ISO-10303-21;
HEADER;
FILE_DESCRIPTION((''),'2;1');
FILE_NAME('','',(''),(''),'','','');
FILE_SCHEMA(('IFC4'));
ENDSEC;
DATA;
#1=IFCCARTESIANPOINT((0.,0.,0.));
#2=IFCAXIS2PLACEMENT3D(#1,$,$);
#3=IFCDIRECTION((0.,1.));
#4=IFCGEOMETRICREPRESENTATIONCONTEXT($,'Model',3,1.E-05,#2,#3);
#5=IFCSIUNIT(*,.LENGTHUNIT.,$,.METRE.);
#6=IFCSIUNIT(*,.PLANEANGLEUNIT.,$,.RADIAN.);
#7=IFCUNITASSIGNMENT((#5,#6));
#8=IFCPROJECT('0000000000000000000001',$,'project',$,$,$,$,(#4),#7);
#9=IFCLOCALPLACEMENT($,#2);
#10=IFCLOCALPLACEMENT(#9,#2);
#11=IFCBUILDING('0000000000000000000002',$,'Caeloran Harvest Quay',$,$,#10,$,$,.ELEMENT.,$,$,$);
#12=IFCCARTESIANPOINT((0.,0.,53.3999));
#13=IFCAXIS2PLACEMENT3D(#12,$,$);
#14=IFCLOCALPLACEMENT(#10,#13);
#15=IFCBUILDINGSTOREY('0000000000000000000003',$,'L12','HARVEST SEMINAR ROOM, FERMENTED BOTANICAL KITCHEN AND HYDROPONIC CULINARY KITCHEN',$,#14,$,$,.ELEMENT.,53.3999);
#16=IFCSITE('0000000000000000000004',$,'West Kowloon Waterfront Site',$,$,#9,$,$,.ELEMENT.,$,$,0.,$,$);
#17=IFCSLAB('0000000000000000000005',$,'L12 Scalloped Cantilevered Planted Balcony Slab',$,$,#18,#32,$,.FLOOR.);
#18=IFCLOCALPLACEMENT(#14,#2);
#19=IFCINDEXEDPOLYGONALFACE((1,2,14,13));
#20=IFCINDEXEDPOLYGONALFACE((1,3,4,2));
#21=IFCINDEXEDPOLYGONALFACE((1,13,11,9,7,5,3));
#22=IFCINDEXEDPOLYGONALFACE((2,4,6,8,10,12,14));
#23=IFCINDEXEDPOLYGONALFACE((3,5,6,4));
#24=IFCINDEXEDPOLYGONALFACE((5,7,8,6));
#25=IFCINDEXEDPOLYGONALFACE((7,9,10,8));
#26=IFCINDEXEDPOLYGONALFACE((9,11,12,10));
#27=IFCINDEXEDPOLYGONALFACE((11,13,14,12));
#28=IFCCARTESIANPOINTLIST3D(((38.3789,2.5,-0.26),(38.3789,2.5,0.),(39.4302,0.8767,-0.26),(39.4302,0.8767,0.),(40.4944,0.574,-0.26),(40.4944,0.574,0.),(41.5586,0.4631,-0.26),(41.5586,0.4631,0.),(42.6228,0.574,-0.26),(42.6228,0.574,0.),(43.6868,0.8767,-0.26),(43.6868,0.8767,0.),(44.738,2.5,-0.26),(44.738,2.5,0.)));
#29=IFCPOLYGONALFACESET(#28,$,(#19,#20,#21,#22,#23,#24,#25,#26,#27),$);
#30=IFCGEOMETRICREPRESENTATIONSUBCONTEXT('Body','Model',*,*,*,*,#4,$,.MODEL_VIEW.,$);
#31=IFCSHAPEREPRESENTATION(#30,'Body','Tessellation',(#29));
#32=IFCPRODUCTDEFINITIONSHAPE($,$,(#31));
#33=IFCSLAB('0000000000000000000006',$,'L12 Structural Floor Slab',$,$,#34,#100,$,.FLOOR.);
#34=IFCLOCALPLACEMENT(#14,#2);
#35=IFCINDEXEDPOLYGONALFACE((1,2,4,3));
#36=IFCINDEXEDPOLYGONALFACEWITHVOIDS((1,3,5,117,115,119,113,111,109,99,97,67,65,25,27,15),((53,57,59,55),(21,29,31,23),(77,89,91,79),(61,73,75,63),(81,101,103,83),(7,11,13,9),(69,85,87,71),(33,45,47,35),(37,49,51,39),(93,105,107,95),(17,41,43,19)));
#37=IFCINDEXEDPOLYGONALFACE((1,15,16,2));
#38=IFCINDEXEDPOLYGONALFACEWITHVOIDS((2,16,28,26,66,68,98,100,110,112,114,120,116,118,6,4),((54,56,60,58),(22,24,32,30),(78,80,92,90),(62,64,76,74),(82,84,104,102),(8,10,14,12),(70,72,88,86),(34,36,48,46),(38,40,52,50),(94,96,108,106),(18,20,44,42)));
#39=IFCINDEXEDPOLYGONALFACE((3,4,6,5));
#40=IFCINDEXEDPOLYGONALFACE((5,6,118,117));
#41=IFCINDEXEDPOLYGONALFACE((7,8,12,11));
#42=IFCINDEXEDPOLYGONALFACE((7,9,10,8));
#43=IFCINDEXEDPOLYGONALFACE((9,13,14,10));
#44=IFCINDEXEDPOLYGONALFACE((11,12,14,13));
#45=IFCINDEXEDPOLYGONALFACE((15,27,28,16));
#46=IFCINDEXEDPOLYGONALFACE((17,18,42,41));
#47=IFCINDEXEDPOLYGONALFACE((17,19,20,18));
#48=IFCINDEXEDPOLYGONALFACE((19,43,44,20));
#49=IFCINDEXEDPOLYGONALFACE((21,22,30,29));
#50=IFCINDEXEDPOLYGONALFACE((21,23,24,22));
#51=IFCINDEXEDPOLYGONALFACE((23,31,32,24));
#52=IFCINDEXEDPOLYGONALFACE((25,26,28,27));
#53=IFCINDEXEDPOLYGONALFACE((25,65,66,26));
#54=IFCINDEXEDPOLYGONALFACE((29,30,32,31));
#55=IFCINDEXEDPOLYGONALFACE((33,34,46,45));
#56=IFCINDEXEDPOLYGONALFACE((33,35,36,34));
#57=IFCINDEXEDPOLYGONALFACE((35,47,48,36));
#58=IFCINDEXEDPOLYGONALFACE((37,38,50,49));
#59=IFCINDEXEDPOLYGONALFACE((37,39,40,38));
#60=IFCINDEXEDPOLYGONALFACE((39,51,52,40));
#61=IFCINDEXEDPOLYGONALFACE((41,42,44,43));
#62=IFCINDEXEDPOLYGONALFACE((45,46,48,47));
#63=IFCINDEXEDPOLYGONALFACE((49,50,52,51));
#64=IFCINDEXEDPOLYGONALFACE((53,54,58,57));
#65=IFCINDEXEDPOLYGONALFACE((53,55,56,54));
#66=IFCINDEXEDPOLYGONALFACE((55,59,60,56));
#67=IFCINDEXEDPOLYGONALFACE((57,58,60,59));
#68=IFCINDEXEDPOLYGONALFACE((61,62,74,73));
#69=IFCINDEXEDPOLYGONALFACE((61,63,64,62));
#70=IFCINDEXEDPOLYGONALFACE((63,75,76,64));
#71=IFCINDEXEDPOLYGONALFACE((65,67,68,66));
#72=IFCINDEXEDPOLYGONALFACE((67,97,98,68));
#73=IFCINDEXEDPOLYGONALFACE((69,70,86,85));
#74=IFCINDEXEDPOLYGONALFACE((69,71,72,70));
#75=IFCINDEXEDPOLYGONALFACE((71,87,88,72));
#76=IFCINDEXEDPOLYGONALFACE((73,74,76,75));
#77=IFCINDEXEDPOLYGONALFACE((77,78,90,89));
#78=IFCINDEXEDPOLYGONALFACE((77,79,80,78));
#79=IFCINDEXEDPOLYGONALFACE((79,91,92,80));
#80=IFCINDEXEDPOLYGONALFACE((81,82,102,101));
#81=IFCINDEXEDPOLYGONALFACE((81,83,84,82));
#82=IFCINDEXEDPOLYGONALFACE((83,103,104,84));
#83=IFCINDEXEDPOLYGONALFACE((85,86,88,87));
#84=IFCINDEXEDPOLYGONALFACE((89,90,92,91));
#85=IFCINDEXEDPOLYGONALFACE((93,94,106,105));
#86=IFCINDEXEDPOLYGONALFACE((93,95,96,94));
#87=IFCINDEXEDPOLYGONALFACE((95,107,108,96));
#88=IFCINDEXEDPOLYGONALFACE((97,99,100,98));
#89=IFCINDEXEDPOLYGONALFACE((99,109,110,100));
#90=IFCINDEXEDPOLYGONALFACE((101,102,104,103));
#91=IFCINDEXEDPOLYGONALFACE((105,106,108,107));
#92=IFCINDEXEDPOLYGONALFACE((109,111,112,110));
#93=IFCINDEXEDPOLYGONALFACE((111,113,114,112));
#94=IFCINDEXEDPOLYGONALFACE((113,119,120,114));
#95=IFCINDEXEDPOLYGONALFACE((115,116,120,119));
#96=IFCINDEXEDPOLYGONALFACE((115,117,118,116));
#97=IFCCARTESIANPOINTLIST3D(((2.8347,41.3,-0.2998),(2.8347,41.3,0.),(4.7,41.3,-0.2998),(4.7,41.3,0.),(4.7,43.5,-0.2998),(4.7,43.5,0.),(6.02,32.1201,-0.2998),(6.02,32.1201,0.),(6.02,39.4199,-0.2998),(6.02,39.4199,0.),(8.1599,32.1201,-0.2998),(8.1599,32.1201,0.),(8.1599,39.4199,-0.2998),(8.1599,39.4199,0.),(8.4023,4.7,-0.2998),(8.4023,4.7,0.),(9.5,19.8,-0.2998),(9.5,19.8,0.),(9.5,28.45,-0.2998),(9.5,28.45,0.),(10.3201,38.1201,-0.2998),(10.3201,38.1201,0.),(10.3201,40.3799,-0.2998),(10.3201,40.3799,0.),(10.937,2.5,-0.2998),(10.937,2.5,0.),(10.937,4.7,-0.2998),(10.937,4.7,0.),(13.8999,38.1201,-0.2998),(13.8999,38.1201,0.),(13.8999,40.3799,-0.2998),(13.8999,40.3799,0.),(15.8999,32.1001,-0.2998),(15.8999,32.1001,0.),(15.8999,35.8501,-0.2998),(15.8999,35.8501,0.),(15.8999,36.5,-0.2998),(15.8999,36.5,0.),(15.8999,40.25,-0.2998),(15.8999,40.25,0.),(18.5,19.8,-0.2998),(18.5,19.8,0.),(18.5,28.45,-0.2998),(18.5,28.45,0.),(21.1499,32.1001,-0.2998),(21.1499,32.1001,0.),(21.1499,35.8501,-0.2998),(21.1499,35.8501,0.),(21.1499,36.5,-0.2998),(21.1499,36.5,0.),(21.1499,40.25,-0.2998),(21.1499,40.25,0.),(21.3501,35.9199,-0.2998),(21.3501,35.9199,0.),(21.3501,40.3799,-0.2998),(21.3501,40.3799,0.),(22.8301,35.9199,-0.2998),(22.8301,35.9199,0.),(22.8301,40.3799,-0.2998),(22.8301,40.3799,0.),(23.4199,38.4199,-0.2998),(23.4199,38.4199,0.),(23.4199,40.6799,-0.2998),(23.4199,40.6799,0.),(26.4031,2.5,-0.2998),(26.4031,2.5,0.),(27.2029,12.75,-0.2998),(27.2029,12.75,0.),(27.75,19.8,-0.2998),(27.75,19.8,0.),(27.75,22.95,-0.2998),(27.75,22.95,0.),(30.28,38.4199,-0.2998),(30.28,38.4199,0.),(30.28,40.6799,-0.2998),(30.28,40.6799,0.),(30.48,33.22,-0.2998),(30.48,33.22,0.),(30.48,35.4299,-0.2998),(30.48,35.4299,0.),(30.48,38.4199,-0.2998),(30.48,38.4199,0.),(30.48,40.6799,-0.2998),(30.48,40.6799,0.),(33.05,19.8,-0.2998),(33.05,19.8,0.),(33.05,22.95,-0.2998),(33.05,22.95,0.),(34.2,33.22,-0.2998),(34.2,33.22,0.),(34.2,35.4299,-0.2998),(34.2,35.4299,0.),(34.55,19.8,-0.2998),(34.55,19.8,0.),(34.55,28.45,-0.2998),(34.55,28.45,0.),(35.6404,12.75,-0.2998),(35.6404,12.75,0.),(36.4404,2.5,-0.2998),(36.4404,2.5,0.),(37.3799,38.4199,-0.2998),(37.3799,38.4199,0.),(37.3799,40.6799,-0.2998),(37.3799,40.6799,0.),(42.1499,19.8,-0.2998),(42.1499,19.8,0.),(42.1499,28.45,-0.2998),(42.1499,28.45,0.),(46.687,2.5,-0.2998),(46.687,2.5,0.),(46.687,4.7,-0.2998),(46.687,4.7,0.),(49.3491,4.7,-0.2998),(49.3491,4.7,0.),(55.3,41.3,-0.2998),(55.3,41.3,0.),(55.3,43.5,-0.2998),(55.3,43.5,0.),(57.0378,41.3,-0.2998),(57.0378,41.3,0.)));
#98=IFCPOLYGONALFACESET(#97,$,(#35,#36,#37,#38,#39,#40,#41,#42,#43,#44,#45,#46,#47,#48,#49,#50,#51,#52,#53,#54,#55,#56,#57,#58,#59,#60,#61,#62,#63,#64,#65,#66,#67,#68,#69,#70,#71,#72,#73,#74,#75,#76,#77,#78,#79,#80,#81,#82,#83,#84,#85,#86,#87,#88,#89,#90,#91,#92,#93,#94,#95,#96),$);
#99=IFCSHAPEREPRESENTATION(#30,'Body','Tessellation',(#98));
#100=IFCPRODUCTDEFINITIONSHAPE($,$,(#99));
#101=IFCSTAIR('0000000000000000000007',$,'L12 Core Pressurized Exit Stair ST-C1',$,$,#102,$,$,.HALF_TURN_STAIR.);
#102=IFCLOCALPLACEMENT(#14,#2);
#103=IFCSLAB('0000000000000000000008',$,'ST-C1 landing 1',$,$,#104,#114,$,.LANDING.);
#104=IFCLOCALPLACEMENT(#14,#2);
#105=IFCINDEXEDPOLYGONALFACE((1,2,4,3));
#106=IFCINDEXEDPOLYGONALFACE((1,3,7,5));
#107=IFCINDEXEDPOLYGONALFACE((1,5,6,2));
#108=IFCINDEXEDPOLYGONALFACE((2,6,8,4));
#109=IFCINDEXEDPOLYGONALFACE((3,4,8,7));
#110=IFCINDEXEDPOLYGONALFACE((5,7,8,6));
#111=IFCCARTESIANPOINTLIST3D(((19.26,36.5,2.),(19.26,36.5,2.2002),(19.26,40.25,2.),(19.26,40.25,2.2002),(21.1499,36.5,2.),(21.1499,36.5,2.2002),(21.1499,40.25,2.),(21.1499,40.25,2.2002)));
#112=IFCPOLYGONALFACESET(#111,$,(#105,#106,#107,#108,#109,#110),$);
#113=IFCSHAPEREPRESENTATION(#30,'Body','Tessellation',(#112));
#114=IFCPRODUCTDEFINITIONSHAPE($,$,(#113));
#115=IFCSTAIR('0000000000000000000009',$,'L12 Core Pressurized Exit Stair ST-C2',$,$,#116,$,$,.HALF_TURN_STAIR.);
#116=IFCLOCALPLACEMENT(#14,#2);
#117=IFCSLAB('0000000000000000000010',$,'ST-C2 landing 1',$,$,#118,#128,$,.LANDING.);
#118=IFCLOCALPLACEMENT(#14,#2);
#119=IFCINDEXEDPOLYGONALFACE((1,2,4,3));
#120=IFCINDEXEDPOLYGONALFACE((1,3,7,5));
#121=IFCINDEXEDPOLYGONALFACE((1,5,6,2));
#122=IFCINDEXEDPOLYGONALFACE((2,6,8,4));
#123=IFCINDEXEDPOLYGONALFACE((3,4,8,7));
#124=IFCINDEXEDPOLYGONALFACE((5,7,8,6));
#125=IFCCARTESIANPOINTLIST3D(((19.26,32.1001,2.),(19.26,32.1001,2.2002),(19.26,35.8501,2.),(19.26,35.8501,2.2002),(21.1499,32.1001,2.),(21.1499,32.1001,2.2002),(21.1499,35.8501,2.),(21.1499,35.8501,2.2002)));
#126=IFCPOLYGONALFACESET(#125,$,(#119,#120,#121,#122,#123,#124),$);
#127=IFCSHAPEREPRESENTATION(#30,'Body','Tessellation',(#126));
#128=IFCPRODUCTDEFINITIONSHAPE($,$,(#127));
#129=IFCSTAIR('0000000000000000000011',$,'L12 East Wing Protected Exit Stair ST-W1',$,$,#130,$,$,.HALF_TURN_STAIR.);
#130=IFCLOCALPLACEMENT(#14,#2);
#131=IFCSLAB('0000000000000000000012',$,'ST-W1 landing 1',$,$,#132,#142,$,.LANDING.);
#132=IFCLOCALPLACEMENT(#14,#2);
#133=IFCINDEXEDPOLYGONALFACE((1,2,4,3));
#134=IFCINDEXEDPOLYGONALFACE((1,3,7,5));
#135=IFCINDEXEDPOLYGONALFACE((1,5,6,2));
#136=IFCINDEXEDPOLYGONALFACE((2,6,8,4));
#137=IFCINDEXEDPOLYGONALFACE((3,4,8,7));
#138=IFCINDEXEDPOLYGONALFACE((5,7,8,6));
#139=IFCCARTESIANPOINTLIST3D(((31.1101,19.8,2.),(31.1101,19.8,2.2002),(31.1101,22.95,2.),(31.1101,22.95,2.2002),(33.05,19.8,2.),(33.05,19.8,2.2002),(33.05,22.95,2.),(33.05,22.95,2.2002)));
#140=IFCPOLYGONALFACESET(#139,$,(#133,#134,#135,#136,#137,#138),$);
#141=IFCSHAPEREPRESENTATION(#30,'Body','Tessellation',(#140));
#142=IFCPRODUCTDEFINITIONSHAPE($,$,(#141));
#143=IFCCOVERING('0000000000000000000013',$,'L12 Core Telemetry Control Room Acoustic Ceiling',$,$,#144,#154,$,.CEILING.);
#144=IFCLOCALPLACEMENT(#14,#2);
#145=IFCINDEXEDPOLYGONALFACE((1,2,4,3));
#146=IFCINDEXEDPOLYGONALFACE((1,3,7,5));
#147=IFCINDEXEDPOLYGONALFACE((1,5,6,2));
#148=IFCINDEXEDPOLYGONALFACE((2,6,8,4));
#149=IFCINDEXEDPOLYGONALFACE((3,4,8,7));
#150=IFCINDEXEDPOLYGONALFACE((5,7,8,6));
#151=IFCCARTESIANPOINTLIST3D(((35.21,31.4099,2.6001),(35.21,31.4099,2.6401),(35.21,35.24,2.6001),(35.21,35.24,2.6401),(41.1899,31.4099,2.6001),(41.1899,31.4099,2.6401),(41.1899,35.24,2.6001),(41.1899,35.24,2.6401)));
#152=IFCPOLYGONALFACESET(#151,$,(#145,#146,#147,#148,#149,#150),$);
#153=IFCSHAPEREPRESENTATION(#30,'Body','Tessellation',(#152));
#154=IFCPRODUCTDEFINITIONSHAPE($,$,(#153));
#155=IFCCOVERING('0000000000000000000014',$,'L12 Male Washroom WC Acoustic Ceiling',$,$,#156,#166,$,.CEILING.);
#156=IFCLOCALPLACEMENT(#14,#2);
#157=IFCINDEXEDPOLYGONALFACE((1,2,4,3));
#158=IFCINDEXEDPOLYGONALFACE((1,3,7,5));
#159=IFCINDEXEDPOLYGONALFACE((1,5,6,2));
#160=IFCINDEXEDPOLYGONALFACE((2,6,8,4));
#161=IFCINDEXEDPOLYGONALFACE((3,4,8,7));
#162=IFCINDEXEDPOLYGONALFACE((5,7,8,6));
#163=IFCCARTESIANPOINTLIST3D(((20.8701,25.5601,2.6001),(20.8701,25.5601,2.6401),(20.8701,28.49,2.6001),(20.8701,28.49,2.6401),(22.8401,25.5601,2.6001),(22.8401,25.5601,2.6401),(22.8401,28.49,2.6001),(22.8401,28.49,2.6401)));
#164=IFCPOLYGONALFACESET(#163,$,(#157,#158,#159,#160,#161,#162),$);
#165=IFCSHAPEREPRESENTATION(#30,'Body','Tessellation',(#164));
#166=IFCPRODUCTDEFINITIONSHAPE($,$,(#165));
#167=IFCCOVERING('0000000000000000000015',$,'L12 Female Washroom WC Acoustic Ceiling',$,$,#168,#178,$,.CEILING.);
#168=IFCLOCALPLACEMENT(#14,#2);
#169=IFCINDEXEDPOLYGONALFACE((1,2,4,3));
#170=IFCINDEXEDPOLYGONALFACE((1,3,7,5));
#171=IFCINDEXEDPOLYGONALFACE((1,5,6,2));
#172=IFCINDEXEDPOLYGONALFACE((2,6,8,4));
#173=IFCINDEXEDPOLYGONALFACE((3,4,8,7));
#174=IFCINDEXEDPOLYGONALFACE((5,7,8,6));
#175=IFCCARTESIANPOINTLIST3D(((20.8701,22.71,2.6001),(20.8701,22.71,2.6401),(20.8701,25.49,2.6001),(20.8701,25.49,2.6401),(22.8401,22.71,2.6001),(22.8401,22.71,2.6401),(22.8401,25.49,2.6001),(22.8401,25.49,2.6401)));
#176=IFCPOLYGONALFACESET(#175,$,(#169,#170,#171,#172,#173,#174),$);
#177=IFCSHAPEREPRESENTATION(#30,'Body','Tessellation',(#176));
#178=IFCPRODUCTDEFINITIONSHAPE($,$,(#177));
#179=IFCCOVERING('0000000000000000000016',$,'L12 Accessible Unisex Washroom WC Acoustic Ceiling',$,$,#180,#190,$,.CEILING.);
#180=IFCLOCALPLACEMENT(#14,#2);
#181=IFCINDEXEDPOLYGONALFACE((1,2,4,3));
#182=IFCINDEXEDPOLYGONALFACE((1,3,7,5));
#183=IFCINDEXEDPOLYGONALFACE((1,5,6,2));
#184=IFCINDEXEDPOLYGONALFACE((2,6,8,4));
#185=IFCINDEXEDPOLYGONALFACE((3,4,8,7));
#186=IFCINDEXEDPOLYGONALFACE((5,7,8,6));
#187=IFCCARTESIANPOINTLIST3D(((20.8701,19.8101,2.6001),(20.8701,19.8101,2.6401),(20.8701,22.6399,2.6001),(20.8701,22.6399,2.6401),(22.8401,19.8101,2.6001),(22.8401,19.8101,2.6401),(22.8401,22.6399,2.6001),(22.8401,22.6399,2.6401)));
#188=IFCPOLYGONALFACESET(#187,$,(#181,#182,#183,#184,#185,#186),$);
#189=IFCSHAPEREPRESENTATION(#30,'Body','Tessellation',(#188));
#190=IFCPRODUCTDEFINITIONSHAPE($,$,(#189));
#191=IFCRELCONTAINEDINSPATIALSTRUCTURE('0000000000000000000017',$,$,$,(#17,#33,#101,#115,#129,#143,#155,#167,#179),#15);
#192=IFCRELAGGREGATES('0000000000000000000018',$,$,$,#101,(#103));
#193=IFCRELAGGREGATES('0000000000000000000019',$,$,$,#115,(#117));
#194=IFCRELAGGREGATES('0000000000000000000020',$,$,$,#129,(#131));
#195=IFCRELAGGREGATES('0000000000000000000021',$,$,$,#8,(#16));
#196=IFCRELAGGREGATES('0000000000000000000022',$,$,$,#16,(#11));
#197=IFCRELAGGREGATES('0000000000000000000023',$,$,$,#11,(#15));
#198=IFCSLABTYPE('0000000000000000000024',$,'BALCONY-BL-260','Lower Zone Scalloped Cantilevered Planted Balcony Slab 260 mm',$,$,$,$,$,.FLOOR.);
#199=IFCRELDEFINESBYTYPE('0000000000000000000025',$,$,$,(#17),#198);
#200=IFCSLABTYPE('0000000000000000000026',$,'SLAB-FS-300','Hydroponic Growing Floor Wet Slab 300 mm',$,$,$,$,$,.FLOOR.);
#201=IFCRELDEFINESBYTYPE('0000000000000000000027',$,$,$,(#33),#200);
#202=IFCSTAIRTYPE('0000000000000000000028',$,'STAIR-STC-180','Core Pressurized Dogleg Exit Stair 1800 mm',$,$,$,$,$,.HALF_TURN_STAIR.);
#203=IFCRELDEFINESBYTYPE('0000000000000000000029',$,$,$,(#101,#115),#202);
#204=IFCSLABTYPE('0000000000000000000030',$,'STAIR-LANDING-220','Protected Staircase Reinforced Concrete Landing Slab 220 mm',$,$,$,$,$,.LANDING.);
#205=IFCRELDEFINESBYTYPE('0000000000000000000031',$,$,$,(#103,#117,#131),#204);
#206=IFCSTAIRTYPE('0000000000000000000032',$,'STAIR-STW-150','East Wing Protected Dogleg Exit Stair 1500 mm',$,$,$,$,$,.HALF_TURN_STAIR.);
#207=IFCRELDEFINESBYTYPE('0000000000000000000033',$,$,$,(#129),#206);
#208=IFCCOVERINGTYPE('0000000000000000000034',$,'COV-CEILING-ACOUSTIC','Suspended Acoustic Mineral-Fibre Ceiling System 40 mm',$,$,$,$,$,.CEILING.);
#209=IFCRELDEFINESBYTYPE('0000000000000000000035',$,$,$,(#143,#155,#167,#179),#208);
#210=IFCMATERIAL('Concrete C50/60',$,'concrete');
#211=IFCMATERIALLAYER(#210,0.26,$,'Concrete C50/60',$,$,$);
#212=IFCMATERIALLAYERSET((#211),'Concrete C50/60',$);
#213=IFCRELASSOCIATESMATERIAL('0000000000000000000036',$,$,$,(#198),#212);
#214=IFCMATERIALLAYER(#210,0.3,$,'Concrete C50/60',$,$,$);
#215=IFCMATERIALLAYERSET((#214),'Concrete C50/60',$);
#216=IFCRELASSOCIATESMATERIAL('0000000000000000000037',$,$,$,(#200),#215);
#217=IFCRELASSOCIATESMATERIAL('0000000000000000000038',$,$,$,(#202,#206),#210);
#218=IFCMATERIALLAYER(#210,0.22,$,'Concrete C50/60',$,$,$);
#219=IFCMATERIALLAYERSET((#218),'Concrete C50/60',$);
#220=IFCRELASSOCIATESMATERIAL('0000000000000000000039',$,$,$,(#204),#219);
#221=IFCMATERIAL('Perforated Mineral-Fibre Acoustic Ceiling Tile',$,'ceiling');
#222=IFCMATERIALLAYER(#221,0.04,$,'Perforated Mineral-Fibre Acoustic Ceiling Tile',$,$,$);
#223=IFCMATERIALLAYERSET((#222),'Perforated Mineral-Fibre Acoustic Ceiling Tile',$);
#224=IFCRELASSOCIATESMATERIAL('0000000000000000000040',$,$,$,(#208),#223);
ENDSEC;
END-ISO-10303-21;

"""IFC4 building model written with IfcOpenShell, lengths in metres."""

from ifc_helpers import new_model, si_unit, direction, frame, origin, place, context, subcontext, project, spatial, polyline, outline, extrude, material, layer, layer_set, type_object, element, aggregate, save


model = new_model("IFC4")

# Units and contexts
model_context = context("Model", 3, precision=1e-05, world=origin(), true_north=direction((0.0, 1.0)))
body_context = subcontext(model_context, "Body", "Model", "MODEL_VIEW")
ifc_project = project(units=[si_unit("LENGTHUNIT", "METRE"), si_unit("PLANEANGLEUNIT", "RADIAN")], contexts=[model_context])

# Site, building, storey
site_placement = place(None, origin())
site = spatial("IfcSite", under=ifc_project, at=site_placement, Name="West Kowloon Waterfront Site", CompositionType="ELEMENT", RefElevation=0.0)
building_placement = place(site_placement, origin())
building = spatial("IfcBuilding", under=site, at=building_placement, Name="Caeloran Harvest Quay", CompositionType="ELEMENT")
storey_placement = place(building_placement, frame((0.0, 0.0, 53.3999)))
storey = spatial("IfcBuildingStorey", under=building, at=storey_placement, Name="L12", Description="HARVEST SEMINAR ROOM, FERMENTED BOTANICAL KITCHEN AND HYDROPONIC CULINARY KITCHEN", CompositionType="ELEMENT", Elevation=53.3999)

# Slabs
ifc_material_1 = material(Name="Concrete C50/60", Category="concrete")
ifc_layer_1 = layer(ifc_material_1, 0.26, Name="Concrete C50/60")
ifc_layer_set_1 = layer_set([ifc_layer_1], Name="Concrete C50/60")
slab_type_1 = type_object("IfcSlabType", Name="BALCONY-BL-260", Description="Lower Zone Scalloped Cantilevered Planted Balcony Slab 260 mm", PredefinedType="FLOOR", material=ifc_layer_set_1)
slab_1_placement = place(storey_placement, frame((0.0, 0.0, -0.26)))
element("IfcSlab", 1, at=slab_1_placement, inside=storey, type_object=slab_type_1, Name="L12 Scalloped Cantilevered Planted Balcony Slab", PredefinedType="FLOOR", context=body_context, shape_type="SweptSolid", body=[
    extrude(outline(polyline([(43.6868, 0.8767), (42.6228, 0.574), (41.5586, 0.4631), (40.4944, 0.574), (39.4302, 0.8767), (38.3789, 2.5), (44.738, 2.5), (43.6868, 0.8767)])), origin(), (0.0, 0.0, 1.0), 0.26),
])
ifc_layer_2 = layer(ifc_material_1, 0.3, Name="Concrete C50/60")
ifc_layer_set_2 = layer_set([ifc_layer_2], Name="Concrete C50/60")
slab_type_2 = type_object("IfcSlabType", Name="SLAB-FS-300", Description="Hydroponic Growing Floor Wet Slab 300 mm", PredefinedType="FLOOR", material=ifc_layer_set_2)
slab_2_placement = place(storey_placement, frame((0.0, 0.0, -0.2998)))
element("IfcSlab", 2, at=slab_2_placement, inside=storey, type_object=slab_type_2, Name="L12 Structural Floor Slab", PredefinedType="FLOOR", context=body_context, shape_type="SweptSolid", body=[
    extrude(outline(polyline([(10.937, 2.5), (26.4031, 2.5), (27.2029, 12.75), (35.6404, 12.75), (36.4404, 2.5), (46.687, 2.5), (46.687, 4.7), (49.3491, 4.7), (57.0378, 41.3), (55.3, 41.3), (55.3, 43.5), (4.7, 43.5), (4.7, 41.3), (2.8347, 41.3), (8.4023, 4.7), (10.937, 4.7), (10.937, 2.5)]), holes=[polyline([(18.5, 19.8), (9.5, 19.8), (9.5, 28.45), (18.5, 28.45), (18.5, 19.8)]), polyline([(15.8999, 32.1001), (15.8999, 35.8501), (21.1499, 35.8501), (21.1499, 32.1001), (15.8999, 32.1001)]), polyline([(8.1599, 32.1201), (6.02, 32.1201), (6.02, 39.4199), (8.1599, 39.4199), (8.1599, 32.1201)]), polyline([(21.3501, 35.9199), (21.3501, 40.3799), (22.8301, 40.3799), (22.8301, 35.9199), (21.3501, 35.9199)]), polyline([(15.8999, 40.25), (21.1499, 40.25), (21.1499, 36.5), (15.8999, 36.5), (15.8999, 40.25)]), polyline([(13.8999, 38.1201), (10.3201, 38.1201), (10.3201, 40.3799), (13.8999, 40.3799), (13.8999, 38.1201)]), polyline([(27.75, 22.95), (33.05, 22.95), (33.05, 19.8), (27.75, 19.8), (27.75, 22.95)]), polyline([(34.55, 19.8), (34.55, 28.45), (42.1499, 28.45), (42.1499, 19.8), (34.55, 19.8)]), polyline([(34.2, 33.22), (30.48, 33.22), (30.48, 35.4299), (34.2, 35.4299), (34.2, 33.22)]), polyline([(23.4199, 38.4199), (23.4199, 40.6799), (30.28, 40.6799), (30.28, 38.4199), (23.4199, 38.4199)]), polyline([(30.48, 38.4199), (30.48, 40.6799), (37.3799, 40.6799), (37.3799, 38.4199), (30.48, 38.4199)])]), origin(), (0.0, 0.0, 1.0), 0.2998),
])

# Stairs, slabs
stair_type_1 = type_object("IfcStairType", Name="STAIR-STC-180", Description="Core Pressurized Dogleg Exit Stair 1800 mm", PredefinedType="HALF_TURN_STAIR", material=ifc_material_1)
stair_1_placement = place(storey_placement, origin())
stair_1 = element("IfcStair", 3, at=stair_1_placement, inside=storey, type_object=stair_type_1, Name="L12 Core Pressurized Exit Stair ST-C1", PredefinedType="HALF_TURN_STAIR")
ifc_layer_3 = layer(ifc_material_1, 0.22, Name="Concrete C50/60")
ifc_layer_set_3 = layer_set([ifc_layer_3], Name="Concrete C50/60")
slab_type_3 = type_object("IfcSlabType", Name="STAIR-LANDING-220", Description="Protected Staircase Reinforced Concrete Landing Slab 220 mm", PredefinedType="LANDING", material=ifc_layer_set_3)
slab_3_placement = place(storey_placement, frame((0.0, 0.0, 2.0)))
slab_3 = element("IfcSlab", 4, at=slab_3_placement, type_object=slab_type_3, Name="ST-C1 landing 1", PredefinedType="LANDING", context=body_context, shape_type="SweptSolid", body=[
    extrude(outline(polyline([(19.26, 36.5), (21.1499, 36.5), (21.1499, 40.25), (19.26, 40.25), (19.26, 36.5)])), origin(), (0.0, 0.0, 1.0), 0.2002),
])
aggregate(stair_1, [slab_3])
stair_2_placement = place(storey_placement, origin())
stair_2 = element("IfcStair", 5, at=stair_2_placement, inside=storey, type_object=stair_type_1, Name="L12 Core Pressurized Exit Stair ST-C2", PredefinedType="HALF_TURN_STAIR")
slab_4_placement = place(storey_placement, frame((0.0, 0.0, 2.0)))
slab_4 = element("IfcSlab", 6, at=slab_4_placement, type_object=slab_type_3, Name="ST-C2 landing 1", PredefinedType="LANDING", context=body_context, shape_type="SweptSolid", body=[
    extrude(outline(polyline([(19.26, 32.1001), (21.1499, 32.1001), (21.1499, 35.8501), (19.26, 35.8501), (19.26, 32.1001)])), origin(), (0.0, 0.0, 1.0), 0.2002),
])
aggregate(stair_2, [slab_4])
stair_type_2 = type_object("IfcStairType", Name="STAIR-STW-150", Description="East Wing Protected Dogleg Exit Stair 1500 mm", PredefinedType="HALF_TURN_STAIR", material=ifc_material_1)
stair_3_placement = place(storey_placement, origin())
stair_3 = element("IfcStair", 7, at=stair_3_placement, inside=storey, type_object=stair_type_2, Name="L12 East Wing Protected Exit Stair ST-W1", PredefinedType="HALF_TURN_STAIR")
slab_5_placement = place(storey_placement, frame((0.0, 0.0, 2.0)))
slab_5 = element("IfcSlab", 8, at=slab_5_placement, type_object=slab_type_3, Name="ST-W1 landing 1", PredefinedType="LANDING", context=body_context, shape_type="SweptSolid", body=[
    extrude(outline(polyline([(31.1101, 19.8), (33.05, 19.8), (33.05, 22.95), (31.1101, 22.95), (31.1101, 19.8)])), origin(), (0.0, 0.0, 1.0), 0.2002),
])
aggregate(stair_3, [slab_5])

# Coverings
ifc_material_2 = material(Name="Perforated Mineral-Fibre Acoustic Ceiling Tile", Category="ceiling")
ifc_layer_4 = layer(ifc_material_2, 0.04, Name="Perforated Mineral-Fibre Acoustic Ceiling Tile")
ifc_layer_set_4 = layer_set([ifc_layer_4], Name="Perforated Mineral-Fibre Acoustic Ceiling Tile")
covering_type_1 = type_object("IfcCoveringType", Name="COV-CEILING-ACOUSTIC", Description="Suspended Acoustic Mineral-Fibre Ceiling System 40 mm", PredefinedType="CEILING", material=ifc_layer_set_4)
covering_1_placement = place(storey_placement, frame((0.0, 0.0, 2.6001)))
element("IfcCovering", 9, at=covering_1_placement, inside=storey, type_object=covering_type_1, Name="L12 Core Telemetry Control Room Acoustic Ceiling", PredefinedType="CEILING", context=body_context, shape_type="SweptSolid", body=[
    extrude(outline(polyline([(41.1899, 35.24), (41.1899, 31.4099), (35.21, 31.4099), (35.21, 35.24), (41.1899, 35.24)])), origin(), (0.0, 0.0, 1.0), 0.04),
])
covering_2_placement = place(storey_placement, frame((0.0, 0.0, 2.6001)))
element("IfcCovering", 10, at=covering_2_placement, inside=storey, type_object=covering_type_1, Name="L12 Male Washroom WC Acoustic Ceiling", PredefinedType="CEILING", context=body_context, shape_type="SweptSolid", body=[
    extrude(outline(polyline([(22.8401, 25.5601), (20.8701, 25.5601), (20.8701, 28.49), (22.8401, 28.49), (22.8401, 25.5601)])), origin(), (0.0, 0.0, 1.0), 0.04),
])
covering_3_placement = place(storey_placement, frame((0.0, 0.0, 2.6001)))
element("IfcCovering", 11, at=covering_3_placement, inside=storey, type_object=covering_type_1, Name="L12 Female Washroom WC Acoustic Ceiling", PredefinedType="CEILING", context=body_context, shape_type="SweptSolid", body=[
    extrude(outline(polyline([(22.8401, 22.71), (20.8701, 22.71), (20.8701, 25.49), (22.8401, 25.49), (22.8401, 22.71)])), origin(), (0.0, 0.0, 1.0), 0.04),
])
covering_4_placement = place(storey_placement, frame((0.0, 0.0, 2.6001)))
element("IfcCovering", 12, at=covering_4_placement, inside=storey, type_object=covering_type_1, Name="L12 Accessible Unisex Washroom WC Acoustic Ceiling", PredefinedType="CEILING", context=body_context, shape_type="SweptSolid", body=[
    extrude(outline(polyline([(22.8401, 19.8101), (20.8701, 19.8101), (20.8701, 22.6399), (22.8401, 22.6399), (22.8401, 19.8101)])), origin(), (0.0, 0.0, 1.0), 0.04),
])

save(model, "model.ifc")
